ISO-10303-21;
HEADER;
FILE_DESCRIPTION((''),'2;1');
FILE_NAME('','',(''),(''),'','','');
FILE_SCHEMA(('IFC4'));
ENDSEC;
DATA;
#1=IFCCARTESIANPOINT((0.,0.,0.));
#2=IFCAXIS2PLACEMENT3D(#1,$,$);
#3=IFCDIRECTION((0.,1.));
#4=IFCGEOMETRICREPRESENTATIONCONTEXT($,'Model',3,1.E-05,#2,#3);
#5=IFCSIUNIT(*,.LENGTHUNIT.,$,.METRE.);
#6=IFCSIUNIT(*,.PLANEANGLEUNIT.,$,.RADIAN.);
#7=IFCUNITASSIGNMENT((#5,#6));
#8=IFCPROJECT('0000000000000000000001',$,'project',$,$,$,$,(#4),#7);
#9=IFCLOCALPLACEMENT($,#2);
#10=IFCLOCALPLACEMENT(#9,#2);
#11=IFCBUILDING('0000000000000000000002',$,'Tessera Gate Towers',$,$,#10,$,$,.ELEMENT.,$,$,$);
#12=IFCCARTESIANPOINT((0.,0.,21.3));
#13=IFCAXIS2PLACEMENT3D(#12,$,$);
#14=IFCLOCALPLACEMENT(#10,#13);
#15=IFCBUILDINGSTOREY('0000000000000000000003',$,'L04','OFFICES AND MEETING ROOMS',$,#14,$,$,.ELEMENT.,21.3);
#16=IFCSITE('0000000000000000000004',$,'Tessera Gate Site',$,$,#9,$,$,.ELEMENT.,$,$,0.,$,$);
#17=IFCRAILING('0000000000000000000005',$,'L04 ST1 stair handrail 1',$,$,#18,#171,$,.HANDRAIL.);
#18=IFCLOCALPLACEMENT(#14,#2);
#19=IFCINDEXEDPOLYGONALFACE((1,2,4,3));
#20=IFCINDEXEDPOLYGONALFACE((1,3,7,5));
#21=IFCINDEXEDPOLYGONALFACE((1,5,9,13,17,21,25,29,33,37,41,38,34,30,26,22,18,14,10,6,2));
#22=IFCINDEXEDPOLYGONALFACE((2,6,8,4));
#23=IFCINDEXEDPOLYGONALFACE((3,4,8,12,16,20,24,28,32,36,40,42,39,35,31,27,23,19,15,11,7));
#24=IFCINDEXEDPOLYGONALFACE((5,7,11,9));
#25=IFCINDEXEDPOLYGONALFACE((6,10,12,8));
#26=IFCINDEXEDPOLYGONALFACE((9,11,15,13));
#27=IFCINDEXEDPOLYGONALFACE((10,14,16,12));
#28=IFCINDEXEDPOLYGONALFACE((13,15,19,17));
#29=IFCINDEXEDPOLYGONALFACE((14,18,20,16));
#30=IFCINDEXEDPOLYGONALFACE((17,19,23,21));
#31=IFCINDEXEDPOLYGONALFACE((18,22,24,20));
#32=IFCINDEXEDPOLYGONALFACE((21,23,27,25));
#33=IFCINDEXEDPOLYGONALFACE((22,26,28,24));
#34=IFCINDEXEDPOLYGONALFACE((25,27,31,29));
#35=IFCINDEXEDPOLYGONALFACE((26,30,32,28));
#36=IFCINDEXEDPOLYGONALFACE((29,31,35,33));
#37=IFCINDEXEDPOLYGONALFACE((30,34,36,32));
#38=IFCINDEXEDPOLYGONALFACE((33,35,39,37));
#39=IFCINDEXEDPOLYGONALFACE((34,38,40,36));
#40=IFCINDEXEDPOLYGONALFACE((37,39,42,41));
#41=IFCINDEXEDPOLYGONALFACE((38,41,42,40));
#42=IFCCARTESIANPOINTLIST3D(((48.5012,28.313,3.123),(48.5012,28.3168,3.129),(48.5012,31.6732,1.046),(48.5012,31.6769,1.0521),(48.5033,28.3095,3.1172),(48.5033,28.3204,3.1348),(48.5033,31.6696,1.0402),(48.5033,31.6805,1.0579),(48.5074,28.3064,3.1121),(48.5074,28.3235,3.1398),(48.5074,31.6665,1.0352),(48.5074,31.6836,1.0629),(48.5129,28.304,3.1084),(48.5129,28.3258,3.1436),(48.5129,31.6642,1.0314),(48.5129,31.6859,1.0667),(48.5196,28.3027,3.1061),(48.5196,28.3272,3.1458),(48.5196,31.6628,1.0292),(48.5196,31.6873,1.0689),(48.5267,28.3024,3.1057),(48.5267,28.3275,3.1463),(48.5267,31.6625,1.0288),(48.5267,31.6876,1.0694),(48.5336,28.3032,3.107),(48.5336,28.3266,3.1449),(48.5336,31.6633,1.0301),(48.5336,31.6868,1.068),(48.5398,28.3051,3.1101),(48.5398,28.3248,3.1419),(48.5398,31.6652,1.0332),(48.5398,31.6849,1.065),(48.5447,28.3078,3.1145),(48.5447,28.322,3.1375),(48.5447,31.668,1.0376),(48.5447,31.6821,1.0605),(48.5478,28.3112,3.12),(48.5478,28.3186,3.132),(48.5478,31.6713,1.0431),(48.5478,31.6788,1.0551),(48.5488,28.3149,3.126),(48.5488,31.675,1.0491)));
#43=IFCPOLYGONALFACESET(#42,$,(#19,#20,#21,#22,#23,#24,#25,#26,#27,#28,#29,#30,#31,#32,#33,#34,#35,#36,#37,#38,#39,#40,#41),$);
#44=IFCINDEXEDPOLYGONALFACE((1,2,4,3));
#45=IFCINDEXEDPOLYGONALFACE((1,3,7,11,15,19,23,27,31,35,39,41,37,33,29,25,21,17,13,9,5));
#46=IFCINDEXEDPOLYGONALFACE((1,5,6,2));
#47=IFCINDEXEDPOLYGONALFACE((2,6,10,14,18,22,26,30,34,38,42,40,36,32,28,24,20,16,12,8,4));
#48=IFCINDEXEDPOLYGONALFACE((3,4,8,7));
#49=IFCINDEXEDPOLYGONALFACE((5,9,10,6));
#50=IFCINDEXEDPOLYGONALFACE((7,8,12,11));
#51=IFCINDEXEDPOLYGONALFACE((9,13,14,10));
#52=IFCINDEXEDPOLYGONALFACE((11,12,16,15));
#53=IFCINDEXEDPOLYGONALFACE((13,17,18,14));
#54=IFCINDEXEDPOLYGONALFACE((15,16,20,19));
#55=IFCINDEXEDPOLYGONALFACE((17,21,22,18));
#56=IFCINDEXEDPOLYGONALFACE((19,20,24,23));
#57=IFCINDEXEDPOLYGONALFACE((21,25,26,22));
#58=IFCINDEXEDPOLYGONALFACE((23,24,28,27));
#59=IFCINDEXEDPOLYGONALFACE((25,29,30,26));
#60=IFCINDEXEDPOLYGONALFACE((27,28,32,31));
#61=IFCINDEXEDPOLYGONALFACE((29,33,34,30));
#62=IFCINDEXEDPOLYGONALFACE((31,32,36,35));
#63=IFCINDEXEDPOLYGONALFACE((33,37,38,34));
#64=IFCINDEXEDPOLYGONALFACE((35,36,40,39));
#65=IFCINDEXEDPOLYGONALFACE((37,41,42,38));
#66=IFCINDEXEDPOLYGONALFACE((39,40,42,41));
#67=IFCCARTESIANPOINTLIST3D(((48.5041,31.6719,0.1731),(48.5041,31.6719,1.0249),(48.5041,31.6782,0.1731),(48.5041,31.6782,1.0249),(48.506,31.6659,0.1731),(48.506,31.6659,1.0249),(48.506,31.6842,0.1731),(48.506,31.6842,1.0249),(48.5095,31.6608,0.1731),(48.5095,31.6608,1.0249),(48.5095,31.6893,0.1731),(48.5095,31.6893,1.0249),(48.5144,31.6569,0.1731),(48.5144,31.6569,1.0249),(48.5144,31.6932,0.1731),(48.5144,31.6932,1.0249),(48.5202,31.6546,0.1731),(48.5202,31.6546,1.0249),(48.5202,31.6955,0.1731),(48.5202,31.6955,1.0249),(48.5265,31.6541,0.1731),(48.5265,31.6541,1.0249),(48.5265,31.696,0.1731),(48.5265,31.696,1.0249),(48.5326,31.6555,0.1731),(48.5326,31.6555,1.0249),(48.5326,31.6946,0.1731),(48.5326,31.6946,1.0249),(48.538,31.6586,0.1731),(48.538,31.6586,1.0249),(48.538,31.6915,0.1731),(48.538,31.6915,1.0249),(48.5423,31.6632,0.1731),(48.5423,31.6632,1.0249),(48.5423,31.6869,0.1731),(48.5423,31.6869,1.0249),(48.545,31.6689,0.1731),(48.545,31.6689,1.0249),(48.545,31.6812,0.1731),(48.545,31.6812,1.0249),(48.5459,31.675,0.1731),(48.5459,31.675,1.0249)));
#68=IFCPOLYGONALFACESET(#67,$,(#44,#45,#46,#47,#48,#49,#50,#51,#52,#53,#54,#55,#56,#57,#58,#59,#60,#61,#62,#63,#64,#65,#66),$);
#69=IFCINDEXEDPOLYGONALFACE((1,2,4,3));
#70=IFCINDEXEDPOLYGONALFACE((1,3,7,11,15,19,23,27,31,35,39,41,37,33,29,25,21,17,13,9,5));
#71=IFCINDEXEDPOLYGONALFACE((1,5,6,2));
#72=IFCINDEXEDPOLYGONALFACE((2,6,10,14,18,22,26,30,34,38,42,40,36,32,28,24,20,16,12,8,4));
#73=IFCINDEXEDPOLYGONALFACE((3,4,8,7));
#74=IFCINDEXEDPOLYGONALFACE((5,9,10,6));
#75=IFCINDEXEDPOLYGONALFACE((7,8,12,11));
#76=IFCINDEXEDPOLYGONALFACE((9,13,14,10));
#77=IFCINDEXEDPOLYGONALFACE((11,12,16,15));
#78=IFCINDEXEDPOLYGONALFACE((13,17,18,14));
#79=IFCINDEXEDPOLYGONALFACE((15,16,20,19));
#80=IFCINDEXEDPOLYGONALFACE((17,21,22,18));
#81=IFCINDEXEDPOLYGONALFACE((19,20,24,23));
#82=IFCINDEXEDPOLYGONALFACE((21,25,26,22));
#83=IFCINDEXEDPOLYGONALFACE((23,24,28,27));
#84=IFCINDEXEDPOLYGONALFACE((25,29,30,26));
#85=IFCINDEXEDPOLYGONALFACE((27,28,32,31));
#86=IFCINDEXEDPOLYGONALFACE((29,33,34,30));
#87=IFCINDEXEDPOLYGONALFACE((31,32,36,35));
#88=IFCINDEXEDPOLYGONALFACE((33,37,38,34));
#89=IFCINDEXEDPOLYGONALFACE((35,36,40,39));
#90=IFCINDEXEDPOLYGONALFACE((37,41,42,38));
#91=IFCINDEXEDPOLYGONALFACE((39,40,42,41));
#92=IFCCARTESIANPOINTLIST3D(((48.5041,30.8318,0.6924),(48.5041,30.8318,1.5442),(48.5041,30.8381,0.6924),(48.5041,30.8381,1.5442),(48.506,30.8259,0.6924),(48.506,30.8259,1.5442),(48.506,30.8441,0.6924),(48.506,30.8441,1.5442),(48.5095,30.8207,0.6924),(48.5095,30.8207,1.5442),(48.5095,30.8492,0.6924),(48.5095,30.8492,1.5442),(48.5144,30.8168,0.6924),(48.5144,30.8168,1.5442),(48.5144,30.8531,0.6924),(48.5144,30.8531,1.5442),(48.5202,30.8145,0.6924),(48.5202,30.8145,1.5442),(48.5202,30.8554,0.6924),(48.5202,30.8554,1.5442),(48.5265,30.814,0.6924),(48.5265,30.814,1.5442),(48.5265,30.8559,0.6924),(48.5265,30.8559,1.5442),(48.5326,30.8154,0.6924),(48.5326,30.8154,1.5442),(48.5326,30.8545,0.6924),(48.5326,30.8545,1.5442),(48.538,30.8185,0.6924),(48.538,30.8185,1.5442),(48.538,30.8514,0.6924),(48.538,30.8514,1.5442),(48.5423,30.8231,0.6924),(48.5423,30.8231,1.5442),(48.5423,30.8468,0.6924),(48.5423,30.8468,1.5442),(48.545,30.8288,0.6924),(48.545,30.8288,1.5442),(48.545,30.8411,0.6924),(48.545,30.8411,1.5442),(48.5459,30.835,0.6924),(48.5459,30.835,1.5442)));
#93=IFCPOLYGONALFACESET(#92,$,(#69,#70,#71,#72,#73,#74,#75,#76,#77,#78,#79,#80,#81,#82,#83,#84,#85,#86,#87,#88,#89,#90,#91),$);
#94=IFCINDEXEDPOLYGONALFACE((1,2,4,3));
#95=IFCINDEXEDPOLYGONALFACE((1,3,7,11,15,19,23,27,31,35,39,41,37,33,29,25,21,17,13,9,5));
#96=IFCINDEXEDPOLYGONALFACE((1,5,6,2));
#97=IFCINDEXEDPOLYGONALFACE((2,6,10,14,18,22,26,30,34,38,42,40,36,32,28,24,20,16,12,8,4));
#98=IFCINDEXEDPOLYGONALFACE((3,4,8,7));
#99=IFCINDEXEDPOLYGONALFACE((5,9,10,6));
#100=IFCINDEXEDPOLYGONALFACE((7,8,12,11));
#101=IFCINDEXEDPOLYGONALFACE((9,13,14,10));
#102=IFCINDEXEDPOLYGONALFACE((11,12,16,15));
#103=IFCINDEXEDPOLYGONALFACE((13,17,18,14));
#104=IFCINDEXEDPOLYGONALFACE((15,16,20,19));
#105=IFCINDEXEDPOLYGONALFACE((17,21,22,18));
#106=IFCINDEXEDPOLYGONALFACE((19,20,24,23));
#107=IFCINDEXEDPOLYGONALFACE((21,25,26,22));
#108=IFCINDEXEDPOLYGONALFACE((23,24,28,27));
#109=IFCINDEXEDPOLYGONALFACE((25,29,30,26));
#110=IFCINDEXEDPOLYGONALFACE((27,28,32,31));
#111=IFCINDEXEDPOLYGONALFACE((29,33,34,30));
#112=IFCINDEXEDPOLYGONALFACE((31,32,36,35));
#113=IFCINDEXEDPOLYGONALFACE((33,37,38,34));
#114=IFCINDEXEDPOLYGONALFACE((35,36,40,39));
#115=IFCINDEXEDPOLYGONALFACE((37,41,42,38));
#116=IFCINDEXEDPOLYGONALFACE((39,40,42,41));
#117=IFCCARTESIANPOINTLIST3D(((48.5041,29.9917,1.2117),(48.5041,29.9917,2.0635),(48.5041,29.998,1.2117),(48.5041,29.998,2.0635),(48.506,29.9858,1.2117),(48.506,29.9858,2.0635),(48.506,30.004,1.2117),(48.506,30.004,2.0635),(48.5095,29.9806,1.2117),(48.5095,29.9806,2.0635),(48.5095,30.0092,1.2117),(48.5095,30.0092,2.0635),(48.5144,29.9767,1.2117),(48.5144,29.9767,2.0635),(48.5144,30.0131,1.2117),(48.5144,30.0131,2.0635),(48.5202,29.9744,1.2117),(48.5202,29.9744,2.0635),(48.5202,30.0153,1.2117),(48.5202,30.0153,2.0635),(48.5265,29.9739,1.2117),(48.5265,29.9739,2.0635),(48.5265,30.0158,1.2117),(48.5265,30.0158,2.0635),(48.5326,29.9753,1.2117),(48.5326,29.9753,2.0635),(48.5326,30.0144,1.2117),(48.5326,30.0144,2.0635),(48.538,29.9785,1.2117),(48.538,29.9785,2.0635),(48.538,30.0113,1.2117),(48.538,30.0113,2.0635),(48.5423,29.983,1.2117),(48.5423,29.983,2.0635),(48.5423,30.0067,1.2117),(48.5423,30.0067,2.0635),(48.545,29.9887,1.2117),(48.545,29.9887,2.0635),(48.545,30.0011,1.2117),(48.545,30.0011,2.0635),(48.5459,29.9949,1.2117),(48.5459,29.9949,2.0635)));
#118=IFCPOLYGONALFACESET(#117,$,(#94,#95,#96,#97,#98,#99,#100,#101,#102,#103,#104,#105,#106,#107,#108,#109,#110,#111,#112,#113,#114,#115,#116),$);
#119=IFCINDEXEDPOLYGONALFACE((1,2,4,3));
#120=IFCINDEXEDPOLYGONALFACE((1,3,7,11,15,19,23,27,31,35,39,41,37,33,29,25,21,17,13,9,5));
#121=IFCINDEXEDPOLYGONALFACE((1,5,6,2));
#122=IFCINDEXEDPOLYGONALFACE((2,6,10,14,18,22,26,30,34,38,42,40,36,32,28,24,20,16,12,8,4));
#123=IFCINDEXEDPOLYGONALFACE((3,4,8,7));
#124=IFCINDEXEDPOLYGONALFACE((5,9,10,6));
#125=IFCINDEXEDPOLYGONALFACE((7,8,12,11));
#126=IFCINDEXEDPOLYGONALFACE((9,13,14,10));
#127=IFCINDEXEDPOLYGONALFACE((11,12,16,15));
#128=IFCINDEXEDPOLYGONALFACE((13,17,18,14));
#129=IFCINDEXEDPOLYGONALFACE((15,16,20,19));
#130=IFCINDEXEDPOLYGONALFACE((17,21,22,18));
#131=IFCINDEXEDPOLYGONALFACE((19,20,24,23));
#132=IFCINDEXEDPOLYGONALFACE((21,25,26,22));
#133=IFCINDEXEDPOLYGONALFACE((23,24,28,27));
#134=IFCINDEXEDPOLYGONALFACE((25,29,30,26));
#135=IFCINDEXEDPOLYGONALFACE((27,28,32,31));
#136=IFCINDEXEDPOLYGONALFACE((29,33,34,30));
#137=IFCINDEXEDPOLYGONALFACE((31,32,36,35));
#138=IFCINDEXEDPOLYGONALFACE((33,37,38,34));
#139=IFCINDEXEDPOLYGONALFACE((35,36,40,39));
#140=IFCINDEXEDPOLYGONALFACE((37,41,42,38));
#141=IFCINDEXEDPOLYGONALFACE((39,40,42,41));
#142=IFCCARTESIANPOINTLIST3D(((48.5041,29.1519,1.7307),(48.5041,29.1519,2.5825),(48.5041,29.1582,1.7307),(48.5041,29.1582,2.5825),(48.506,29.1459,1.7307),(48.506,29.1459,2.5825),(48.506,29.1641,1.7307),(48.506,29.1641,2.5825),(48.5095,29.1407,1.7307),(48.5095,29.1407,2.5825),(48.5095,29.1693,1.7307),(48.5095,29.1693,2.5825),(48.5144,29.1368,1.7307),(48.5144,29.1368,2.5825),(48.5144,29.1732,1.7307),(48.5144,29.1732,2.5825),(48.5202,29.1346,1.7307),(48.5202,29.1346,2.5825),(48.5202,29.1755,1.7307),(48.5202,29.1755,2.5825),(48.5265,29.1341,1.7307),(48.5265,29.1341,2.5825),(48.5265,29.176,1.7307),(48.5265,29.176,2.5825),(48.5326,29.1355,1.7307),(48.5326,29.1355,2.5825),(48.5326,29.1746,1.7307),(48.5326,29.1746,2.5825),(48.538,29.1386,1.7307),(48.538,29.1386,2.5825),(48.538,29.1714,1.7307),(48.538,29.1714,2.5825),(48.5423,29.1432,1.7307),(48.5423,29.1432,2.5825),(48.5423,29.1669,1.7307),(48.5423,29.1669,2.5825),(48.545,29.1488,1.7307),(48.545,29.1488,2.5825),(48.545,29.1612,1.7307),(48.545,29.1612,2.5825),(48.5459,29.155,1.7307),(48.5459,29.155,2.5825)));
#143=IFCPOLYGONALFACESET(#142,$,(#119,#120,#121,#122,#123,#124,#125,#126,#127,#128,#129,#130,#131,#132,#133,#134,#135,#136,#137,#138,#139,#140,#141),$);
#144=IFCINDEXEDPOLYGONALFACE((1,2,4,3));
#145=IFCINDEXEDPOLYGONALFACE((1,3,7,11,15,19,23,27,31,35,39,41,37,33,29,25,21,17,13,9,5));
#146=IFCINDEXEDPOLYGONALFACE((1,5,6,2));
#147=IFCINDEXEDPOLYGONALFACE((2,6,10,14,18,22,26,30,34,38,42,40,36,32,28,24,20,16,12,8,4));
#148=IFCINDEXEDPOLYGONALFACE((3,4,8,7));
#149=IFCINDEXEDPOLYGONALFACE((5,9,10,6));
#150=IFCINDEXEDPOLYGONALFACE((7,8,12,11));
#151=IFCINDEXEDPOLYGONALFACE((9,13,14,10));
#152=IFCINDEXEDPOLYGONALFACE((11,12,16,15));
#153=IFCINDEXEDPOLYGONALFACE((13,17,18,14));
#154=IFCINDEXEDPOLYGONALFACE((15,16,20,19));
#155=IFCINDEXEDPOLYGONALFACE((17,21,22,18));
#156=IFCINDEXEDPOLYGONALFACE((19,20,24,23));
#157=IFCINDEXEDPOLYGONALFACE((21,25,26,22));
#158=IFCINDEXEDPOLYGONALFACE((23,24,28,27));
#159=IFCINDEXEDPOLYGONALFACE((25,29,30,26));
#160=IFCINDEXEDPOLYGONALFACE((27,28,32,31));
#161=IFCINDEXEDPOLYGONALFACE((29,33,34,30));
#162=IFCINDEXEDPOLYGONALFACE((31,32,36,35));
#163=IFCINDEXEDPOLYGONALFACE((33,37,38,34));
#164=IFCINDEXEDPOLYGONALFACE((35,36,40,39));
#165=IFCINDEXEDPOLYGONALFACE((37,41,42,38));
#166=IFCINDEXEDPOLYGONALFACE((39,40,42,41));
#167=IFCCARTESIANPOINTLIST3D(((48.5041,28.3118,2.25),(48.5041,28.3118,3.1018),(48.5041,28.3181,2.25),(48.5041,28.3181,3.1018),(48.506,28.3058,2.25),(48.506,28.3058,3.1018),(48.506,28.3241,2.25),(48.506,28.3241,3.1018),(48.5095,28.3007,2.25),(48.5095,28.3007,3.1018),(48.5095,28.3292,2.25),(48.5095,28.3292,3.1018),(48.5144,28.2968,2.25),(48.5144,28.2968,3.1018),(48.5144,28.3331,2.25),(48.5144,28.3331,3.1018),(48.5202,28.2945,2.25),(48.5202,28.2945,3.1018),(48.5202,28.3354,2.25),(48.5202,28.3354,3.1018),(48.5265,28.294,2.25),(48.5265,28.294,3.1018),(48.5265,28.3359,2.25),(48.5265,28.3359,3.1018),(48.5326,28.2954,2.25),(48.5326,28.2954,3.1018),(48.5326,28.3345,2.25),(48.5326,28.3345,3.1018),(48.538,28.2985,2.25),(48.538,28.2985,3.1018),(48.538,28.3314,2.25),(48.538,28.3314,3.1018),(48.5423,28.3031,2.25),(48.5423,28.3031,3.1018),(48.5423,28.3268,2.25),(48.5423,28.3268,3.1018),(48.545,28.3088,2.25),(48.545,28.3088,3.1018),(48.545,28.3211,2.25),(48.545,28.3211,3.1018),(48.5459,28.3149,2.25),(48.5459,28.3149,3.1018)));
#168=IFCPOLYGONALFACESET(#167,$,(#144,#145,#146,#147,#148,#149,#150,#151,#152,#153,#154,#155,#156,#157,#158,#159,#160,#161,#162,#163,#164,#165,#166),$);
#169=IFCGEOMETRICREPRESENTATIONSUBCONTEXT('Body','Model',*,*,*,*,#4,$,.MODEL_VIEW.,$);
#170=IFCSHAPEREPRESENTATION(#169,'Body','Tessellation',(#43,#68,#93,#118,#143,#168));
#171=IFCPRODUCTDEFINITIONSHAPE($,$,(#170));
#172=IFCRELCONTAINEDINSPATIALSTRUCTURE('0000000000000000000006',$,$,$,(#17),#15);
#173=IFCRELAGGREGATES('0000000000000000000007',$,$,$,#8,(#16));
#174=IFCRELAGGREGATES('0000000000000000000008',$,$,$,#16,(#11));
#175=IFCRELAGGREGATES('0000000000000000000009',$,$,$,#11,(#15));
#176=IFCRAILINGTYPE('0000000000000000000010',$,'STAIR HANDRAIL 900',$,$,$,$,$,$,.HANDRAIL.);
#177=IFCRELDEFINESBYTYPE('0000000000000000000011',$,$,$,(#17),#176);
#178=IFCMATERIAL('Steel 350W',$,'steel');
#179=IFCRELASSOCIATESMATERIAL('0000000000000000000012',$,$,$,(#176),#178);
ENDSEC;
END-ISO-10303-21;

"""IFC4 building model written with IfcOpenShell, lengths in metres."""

from ifc_helpers import new_model, si_unit, direction, frame, origin, origin_2d, place, context, subcontext, project, spatial, circle, extrude, material, type_object, element, save


model = new_model("IFC4")

# Units and contexts
model_context = context("Model", 3, precision=1e-05, world=origin(), true_north=direction((0.0, 1.0)))
body_context = subcontext(model_context, "Body", "Model", "MODEL_VIEW")
ifc_project = project(units=[si_unit("LENGTHUNIT", "METRE"), si_unit("PLANEANGLEUNIT", "RADIAN")], contexts=[model_context])

# Site, building, storey
site_placement = place(None, origin())
site = spatial("IfcSite", under=ifc_project, at=site_placement, Name="Tessera Gate Site", CompositionType="ELEMENT", RefElevation=0.0)
building_placement = place(site_placement, origin())
building = spatial("IfcBuilding", under=site, at=building_placement, Name="Tessera Gate Towers", CompositionType="ELEMENT")
storey_placement = place(building_placement, frame((0.0, 0.0, 21.3)))
storey = spatial("IfcBuildingStorey", under=building, at=storey_placement, Name="L04", Description="OFFICES AND MEETING ROOMS", CompositionType="ELEMENT", Elevation=21.3)

# Railing
ifc_material_1 = material(Name="Steel 350W", Category="steel")
railing_type_1 = type_object("IfcRailingType", Name="STAIR HANDRAIL 900", PredefinedType="HANDRAIL", material=ifc_material_1)
railing_1_placement = place(storey_placement, frame((48.5249, 31.675, 0.1731)))
element("IfcRailing", 1, at=railing_1_placement, inside=storey, type_object=railing_type_1, Name="L04 ST1 stair handrail 1", PredefinedType="HANDRAIL", context=body_context, shape_type="SweptSolid", body=[
    extrude(circle(Radius=0.0239, at=origin_2d()), frame((0.0, 0.0, 0.876), z_axis=(0.0, -0.850623, 0.525776), x_axis=(1.0, 0.0, 0.0)), (0.0, 0.0, 1.0), 3.9502),
    extrude(circle(Radius=0.021, at=origin_2d()), origin(), (0.0, 0.0, 1.0), 0.8518),
    extrude(circle(Radius=0.021, at=origin_2d()), frame((0.0, -0.8401, 0.5193)), (0.0, 0.0, 1.0), 0.8518),
    extrude(circle(Radius=0.021, at=origin_2d()), frame((0.0, -1.6802, 1.0386)), (0.0, 0.0, 1.0), 0.8518),
    extrude(circle(Radius=0.021, at=origin_2d()), frame((0.0, -2.52, 1.5576)), (0.0, 0.0, 1.0), 0.8518),
    extrude(circle(Radius=0.021, at=origin_2d()), frame((0.0, -3.3601, 2.0769)), (0.0, 0.0, 1.0), 0.8518),
])

save(model, "model.ifc")
